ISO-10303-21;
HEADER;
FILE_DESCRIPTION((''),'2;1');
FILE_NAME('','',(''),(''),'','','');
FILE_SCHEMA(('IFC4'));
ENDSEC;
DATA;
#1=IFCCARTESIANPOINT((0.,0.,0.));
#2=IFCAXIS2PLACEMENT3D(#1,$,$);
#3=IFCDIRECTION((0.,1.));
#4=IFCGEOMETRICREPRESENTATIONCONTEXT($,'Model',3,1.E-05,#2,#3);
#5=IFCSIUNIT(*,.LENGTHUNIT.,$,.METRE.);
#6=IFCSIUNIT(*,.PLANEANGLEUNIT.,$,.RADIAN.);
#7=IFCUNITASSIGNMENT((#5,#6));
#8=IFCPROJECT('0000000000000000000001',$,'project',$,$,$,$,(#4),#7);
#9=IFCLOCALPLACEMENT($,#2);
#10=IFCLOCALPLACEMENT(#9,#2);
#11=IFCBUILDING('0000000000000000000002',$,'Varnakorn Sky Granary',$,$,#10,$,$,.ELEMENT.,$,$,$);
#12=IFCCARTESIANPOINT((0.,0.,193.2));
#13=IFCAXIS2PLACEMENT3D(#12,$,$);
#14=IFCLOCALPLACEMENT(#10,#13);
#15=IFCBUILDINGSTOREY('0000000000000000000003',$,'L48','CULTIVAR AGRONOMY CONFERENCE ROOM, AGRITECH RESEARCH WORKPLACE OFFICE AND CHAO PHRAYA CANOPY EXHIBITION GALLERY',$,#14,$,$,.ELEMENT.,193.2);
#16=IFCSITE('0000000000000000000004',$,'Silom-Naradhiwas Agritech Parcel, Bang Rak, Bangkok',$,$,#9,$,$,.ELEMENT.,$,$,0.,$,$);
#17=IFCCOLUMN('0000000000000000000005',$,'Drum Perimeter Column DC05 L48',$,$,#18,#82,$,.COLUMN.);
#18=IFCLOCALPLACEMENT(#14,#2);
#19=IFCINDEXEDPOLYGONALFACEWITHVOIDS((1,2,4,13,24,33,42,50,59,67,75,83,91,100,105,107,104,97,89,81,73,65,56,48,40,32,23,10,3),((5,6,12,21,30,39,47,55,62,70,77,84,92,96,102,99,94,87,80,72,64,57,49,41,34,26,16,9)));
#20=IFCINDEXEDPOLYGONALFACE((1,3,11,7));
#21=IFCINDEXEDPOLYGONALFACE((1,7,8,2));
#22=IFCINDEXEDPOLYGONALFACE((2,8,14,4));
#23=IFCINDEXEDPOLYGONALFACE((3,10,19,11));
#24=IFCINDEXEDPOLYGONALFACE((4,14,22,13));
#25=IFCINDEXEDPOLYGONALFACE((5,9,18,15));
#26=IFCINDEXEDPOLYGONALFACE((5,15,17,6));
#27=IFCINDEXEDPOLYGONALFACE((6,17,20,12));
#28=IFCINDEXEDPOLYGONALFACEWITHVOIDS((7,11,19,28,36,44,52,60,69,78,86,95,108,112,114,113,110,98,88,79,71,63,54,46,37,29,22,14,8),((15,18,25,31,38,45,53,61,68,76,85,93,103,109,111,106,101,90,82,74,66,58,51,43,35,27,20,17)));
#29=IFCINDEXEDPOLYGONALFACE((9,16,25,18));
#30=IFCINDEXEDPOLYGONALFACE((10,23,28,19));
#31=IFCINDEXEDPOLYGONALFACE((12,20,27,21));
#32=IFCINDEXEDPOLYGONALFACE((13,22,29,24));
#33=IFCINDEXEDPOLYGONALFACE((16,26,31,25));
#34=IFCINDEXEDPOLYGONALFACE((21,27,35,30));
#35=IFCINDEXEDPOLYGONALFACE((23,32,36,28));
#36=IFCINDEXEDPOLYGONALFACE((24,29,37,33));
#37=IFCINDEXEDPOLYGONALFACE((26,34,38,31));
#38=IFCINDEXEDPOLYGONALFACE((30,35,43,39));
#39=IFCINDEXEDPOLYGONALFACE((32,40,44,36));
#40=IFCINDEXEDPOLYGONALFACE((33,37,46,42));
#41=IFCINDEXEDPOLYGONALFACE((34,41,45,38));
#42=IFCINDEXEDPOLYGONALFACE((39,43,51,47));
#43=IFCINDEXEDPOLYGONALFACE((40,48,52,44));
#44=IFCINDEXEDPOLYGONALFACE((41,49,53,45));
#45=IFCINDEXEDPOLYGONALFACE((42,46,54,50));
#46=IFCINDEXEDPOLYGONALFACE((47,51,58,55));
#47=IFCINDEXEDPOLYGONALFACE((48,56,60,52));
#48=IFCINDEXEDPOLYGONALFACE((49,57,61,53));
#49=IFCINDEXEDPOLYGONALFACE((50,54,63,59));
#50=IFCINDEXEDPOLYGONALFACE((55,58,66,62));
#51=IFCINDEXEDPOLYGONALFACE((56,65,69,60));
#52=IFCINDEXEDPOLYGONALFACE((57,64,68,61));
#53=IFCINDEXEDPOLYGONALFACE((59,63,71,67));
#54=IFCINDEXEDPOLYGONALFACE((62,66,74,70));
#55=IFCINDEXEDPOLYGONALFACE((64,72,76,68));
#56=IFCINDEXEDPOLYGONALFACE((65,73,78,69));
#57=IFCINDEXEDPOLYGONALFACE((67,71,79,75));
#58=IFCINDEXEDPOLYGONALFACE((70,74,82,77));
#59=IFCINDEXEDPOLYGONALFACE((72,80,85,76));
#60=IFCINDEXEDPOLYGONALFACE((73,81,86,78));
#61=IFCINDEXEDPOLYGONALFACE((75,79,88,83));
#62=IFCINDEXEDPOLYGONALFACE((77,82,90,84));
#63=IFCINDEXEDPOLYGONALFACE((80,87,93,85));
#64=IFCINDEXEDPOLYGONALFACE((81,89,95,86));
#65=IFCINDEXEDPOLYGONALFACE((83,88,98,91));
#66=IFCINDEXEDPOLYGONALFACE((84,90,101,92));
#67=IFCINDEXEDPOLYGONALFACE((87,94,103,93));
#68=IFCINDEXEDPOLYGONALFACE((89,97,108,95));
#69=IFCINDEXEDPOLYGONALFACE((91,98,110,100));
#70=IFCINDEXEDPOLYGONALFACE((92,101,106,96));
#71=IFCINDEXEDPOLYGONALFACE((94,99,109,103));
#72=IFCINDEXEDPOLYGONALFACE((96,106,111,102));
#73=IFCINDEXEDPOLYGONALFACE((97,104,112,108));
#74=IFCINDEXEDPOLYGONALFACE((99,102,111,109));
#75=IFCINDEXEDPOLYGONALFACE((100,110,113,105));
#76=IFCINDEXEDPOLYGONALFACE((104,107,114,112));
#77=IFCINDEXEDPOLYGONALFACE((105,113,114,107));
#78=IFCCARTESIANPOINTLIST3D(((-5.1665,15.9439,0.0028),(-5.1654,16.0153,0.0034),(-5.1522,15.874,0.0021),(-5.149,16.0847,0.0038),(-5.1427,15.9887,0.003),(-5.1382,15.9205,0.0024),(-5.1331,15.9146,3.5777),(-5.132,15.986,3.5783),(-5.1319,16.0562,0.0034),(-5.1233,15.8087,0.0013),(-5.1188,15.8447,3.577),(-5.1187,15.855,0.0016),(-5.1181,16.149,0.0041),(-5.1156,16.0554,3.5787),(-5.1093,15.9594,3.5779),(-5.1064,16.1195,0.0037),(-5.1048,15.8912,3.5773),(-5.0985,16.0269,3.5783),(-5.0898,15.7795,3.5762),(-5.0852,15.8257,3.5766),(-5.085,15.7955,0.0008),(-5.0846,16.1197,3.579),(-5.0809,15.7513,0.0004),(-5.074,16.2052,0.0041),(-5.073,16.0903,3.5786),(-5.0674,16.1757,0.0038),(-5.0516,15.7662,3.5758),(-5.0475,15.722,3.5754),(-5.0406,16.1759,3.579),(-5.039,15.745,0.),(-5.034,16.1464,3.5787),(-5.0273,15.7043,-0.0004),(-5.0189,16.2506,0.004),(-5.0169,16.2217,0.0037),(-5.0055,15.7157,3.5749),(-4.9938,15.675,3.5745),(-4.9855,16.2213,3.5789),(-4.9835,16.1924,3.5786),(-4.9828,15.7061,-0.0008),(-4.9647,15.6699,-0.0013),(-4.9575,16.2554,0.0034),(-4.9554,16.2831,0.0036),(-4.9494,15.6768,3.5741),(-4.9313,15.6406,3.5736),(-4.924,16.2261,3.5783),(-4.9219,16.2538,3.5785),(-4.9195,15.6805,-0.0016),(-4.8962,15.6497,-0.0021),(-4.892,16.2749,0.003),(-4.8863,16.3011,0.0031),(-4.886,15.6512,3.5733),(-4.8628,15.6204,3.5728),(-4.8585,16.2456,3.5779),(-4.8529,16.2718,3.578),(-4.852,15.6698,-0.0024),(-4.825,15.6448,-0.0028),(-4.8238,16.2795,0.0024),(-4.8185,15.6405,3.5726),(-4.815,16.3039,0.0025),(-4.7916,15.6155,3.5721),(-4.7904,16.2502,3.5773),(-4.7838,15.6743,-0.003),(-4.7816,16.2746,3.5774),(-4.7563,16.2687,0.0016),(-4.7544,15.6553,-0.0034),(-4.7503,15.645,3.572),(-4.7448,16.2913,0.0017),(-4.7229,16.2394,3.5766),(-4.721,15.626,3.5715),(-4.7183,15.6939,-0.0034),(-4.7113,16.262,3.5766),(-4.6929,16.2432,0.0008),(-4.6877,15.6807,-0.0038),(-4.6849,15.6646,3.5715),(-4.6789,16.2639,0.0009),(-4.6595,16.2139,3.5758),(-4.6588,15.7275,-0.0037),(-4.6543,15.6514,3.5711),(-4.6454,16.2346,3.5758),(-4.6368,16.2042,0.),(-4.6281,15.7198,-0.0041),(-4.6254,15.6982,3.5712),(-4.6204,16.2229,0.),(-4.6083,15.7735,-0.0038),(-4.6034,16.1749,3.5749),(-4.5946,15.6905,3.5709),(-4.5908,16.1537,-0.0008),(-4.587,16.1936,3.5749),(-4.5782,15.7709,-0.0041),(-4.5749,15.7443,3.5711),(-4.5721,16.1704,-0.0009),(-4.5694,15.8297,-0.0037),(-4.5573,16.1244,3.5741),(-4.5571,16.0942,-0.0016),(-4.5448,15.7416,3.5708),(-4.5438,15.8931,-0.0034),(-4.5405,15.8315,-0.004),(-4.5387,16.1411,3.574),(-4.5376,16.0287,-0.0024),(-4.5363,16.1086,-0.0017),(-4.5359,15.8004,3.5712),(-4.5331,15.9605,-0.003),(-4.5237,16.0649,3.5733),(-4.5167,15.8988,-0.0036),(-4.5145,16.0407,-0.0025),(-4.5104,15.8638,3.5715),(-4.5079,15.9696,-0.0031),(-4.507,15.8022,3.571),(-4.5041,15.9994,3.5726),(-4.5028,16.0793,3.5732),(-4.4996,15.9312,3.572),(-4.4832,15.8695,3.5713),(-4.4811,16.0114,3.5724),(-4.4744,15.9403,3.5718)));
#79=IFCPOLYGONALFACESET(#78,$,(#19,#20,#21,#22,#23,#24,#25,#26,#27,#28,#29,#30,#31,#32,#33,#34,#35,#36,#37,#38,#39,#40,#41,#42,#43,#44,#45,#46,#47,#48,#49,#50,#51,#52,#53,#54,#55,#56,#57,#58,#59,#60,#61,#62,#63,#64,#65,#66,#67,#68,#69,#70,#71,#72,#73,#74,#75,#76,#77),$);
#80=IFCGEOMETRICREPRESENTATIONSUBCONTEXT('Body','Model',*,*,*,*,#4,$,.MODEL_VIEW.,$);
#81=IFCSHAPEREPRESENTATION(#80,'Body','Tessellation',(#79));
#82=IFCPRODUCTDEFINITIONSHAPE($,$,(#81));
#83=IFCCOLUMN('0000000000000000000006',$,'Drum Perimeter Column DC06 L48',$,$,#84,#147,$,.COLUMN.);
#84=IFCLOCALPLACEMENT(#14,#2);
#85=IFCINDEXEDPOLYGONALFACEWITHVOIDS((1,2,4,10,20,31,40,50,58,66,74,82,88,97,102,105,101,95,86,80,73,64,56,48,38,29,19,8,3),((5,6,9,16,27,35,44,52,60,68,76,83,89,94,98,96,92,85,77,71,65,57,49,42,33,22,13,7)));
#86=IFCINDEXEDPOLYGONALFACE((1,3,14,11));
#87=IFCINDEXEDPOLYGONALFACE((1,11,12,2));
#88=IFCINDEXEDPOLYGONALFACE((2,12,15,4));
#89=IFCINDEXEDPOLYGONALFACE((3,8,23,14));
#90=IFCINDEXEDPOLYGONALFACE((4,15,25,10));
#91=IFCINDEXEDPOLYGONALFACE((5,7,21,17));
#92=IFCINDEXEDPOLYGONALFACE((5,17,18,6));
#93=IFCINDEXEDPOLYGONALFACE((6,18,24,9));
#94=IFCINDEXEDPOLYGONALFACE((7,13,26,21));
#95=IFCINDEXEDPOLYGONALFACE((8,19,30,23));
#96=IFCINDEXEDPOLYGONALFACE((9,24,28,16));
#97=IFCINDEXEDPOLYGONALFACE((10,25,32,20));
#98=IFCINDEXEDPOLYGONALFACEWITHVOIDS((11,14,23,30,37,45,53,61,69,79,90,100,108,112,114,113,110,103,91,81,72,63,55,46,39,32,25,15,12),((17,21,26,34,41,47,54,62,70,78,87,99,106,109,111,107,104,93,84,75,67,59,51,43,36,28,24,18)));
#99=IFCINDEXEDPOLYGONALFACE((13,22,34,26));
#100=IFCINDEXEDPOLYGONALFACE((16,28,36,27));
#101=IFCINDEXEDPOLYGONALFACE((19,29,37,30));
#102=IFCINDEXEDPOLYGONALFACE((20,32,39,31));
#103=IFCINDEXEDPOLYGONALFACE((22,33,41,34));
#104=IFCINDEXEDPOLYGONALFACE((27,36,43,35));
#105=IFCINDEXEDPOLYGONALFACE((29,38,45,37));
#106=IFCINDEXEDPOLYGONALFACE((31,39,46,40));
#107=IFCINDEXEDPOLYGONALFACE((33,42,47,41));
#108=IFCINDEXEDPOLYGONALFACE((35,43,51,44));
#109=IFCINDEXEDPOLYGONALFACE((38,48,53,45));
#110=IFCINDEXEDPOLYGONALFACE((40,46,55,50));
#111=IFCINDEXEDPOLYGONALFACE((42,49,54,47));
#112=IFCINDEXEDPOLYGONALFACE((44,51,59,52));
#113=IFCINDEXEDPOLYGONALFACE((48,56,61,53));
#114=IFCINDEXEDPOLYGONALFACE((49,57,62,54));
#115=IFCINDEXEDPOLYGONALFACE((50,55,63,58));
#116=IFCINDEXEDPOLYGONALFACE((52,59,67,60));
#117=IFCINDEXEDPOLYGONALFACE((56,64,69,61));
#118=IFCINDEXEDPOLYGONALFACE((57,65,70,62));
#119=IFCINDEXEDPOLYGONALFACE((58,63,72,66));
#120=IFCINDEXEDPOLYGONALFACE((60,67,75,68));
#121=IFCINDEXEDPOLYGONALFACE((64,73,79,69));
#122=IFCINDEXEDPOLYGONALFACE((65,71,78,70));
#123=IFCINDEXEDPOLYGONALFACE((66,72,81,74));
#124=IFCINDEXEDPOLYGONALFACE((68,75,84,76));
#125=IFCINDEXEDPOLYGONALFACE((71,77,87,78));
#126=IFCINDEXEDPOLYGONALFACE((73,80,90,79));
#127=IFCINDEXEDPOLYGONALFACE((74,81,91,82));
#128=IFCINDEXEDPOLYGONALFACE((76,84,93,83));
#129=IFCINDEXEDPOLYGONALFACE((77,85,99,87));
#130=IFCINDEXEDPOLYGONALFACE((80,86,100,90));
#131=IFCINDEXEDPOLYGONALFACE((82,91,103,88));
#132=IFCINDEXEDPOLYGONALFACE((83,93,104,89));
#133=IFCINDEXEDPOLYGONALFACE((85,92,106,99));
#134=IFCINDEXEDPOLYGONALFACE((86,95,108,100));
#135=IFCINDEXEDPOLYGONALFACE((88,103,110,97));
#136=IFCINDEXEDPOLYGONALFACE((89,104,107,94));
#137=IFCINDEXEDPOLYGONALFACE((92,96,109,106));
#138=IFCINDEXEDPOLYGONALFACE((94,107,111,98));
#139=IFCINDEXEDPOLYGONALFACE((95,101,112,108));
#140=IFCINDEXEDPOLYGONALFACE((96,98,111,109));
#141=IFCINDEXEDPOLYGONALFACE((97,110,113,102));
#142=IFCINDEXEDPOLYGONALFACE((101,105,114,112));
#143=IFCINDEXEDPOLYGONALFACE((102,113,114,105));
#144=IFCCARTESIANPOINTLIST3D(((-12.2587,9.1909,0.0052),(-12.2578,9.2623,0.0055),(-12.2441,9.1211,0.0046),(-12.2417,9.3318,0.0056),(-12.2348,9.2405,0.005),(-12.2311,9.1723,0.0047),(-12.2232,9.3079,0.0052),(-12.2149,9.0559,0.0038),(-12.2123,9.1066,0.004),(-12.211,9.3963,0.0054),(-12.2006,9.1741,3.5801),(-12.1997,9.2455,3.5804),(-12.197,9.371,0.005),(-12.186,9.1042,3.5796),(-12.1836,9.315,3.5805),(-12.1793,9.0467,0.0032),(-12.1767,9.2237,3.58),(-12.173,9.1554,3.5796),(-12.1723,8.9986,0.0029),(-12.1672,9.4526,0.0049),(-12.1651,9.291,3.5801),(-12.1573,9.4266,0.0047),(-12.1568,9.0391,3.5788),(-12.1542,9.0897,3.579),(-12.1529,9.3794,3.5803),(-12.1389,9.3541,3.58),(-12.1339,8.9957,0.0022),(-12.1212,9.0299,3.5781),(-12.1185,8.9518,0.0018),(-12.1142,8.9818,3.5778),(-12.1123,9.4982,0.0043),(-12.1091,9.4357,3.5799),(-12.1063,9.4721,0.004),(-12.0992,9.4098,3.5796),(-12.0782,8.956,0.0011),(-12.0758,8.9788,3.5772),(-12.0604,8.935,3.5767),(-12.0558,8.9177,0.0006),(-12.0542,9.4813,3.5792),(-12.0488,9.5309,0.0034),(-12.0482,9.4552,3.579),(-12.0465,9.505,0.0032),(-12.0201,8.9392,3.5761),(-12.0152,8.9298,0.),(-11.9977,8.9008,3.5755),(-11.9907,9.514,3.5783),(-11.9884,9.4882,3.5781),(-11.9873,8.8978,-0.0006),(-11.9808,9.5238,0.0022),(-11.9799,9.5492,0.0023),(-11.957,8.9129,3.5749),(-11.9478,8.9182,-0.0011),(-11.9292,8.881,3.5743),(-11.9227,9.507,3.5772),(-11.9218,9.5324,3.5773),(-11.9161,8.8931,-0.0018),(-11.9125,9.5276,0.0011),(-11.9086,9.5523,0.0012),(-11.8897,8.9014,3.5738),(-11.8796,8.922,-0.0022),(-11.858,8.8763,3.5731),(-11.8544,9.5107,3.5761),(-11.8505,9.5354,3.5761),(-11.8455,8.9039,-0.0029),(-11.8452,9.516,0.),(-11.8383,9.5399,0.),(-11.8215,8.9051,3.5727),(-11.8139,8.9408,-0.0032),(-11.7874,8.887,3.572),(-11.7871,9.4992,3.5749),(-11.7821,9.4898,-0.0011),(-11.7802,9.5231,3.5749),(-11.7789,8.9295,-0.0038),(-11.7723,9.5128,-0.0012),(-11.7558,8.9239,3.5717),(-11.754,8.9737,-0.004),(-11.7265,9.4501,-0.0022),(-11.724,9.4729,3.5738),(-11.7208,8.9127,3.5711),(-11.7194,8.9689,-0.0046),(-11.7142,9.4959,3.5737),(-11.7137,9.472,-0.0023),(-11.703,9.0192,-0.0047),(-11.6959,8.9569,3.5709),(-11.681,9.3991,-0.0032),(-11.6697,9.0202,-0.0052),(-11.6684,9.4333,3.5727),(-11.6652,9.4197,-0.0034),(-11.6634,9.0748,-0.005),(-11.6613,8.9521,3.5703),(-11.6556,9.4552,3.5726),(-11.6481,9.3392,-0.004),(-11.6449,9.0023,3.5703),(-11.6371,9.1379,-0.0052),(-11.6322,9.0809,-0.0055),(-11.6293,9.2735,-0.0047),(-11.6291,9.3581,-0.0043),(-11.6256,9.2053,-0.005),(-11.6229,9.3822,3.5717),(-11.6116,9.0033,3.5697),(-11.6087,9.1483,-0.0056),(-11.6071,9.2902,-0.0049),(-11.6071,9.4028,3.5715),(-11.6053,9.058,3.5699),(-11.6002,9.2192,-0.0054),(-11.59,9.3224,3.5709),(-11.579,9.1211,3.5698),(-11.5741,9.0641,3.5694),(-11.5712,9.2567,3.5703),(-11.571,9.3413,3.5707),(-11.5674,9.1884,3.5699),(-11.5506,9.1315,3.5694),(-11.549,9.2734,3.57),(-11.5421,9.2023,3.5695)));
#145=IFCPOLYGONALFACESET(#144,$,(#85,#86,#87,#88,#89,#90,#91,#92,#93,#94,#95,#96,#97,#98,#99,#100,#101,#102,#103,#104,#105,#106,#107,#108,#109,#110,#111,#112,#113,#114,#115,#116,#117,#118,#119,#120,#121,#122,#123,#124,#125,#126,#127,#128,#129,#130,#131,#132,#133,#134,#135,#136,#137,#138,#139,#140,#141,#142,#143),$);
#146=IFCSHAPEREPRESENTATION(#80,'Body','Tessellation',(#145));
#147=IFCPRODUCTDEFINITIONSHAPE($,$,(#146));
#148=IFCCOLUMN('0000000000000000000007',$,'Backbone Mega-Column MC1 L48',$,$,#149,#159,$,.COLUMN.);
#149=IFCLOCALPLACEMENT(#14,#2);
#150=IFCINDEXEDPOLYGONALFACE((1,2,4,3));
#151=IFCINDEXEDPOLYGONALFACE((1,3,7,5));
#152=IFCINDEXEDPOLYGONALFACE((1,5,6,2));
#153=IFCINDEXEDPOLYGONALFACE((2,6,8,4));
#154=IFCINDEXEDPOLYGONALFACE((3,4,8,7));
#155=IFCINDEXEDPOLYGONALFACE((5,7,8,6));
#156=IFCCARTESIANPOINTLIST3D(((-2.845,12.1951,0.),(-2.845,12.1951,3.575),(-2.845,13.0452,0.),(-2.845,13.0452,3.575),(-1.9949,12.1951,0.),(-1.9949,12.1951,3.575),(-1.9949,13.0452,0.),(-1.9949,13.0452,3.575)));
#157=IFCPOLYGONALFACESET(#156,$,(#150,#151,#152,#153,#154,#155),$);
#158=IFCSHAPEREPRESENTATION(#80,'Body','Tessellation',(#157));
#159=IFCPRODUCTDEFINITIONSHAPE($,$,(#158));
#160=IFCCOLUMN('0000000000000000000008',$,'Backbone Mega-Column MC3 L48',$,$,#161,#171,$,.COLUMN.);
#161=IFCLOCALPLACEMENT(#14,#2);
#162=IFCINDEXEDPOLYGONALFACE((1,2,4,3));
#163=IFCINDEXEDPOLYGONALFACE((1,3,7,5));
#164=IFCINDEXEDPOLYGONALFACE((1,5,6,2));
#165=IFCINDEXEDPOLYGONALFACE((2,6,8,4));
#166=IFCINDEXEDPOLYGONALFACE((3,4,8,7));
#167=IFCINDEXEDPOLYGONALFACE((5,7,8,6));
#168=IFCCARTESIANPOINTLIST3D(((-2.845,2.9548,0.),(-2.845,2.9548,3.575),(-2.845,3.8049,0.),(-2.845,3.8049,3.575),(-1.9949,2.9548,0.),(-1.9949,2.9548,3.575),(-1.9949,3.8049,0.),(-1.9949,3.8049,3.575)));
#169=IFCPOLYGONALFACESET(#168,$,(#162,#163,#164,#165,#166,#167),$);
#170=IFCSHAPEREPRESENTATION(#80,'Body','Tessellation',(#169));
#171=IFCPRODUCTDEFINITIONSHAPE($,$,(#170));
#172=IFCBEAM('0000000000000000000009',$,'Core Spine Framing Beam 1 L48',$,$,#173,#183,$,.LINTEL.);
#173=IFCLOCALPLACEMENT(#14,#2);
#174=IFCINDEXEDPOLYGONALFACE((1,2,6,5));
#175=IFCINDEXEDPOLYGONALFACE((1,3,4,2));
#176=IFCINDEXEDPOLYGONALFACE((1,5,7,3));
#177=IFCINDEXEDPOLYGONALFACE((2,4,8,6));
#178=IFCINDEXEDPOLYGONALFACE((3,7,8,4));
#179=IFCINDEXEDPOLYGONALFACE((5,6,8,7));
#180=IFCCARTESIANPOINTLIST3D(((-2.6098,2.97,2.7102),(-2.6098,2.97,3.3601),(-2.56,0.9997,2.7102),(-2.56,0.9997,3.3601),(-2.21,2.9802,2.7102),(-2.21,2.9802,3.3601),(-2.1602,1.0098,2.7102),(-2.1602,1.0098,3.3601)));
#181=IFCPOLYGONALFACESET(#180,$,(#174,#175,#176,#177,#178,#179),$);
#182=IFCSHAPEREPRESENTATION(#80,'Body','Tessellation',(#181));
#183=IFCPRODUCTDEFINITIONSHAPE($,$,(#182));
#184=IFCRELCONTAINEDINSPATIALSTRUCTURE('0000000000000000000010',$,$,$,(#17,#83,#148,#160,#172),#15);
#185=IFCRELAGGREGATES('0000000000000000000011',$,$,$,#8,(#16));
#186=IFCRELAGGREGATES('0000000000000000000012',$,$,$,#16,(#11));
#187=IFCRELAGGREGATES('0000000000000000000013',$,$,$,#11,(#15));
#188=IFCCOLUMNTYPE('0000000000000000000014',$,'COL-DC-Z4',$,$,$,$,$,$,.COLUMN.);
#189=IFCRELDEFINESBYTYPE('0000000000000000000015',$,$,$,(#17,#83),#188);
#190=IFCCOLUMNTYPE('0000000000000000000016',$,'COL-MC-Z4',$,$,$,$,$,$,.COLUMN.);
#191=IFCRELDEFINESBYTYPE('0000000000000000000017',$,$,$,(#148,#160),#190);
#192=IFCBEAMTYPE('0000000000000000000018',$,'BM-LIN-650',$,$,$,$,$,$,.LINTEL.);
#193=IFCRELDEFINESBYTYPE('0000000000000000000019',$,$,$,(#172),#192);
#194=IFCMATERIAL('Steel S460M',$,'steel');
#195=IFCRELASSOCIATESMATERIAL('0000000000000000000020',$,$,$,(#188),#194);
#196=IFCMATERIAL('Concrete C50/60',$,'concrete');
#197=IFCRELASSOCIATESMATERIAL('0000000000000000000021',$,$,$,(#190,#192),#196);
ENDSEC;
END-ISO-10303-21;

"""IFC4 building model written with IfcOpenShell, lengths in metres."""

from ifc_helpers import new_model, si_unit, direction, frame, origin, origin_2d, place, context, subcontext, project, spatial, rectangle, hollow_circle, extrude, material, material_profile, profile_set, type_object, element, save


model = new_model("IFC4")

# Units and contexts
model_context = context("Model", 3, precision=1e-05, world=origin(), true_north=direction((0.0, 1.0)))
body_context = subcontext(model_context, "Body", "Model", "MODEL_VIEW")
ifc_project = project(units=[si_unit("LENGTHUNIT", "METRE"), si_unit("PLANEANGLEUNIT", "RADIAN")], contexts=[model_context])

# Site, building, storey
site_placement = place(None, origin())
site = spatial("IfcSite", under=ifc_project, at=site_placement, Name="Silom-Naradhiwas Agritech Parcel, Bang Rak, Bangkok", CompositionType="ELEMENT", RefElevation=0.0)
building_placement = place(site_placement, origin())
building = spatial("IfcBuilding", under=site, at=building_placement, Name="Varnakorn Sky Granary", CompositionType="ELEMENT")
storey_placement = place(building_placement, frame((0.0, 0.0, 193.2)))
storey = spatial("IfcBuildingStorey", under=building, at=storey_placement, Name="L48", Description="CULTIVAR AGRONOMY CONFERENCE ROOM, AGRITECH RESEARCH WORKPLACE OFFICE AND CHAO PHRAYA CANOPY EXHIBITION GALLERY", CompositionType="ELEMENT", Elevation=193.2)

# Columns
ifc_material_1 = material(Name="Steel S460M", Category="steel")
ifc_material_profile_1 = material_profile(ifc_material_1, hollow_circle(Radius=0.3301, WallThickness=0.0249, at=origin_2d()), Name="CHS 660x25")
ifc_profile_set_1 = profile_set([ifc_material_profile_1], Name="Steel S460M")
column_type_1 = type_object("IfcColumnType", Name="COL-DC-Z4", PredefinedType="COLUMN", material=ifc_profile_set_1)
column_1_placement = place(storey_placement, frame((-4.8379, 15.9746, 0.0), z_axis=(0.009355, -0.008194, 0.999923), x_axis=(0.658893, 0.752236, 0.0)))
element("IfcColumn", 1, at=column_1_placement, inside=storey, type_object=column_type_1, Name="Drum Perimeter Column DC05 L48", PredefinedType="COLUMN", context=body_context, shape_type="SweptSolid", body=[
    extrude(hollow_circle(Radius=0.3301, WallThickness=0.0249, at=origin_2d()), origin(), (0.0, 0.0, 1.0), 3.5752),
])
column_2_placement = place(storey_placement, frame((-11.9302, 9.2229, 0.0), z_axis=(0.016251, -0.004711, 0.999857), x_axis=(0.27845, 0.960451, 0.0)))
element("IfcColumn", 2, at=column_2_placement, inside=storey, type_object=column_type_1, Name="Drum Perimeter Column DC06 L48", PredefinedType="COLUMN", context=body_context, shape_type="SweptSolid", body=[
    extrude(hollow_circle(Radius=0.3301, WallThickness=0.0249, at=origin_2d()), origin(), (0.0, 0.0, 1.0), 3.5754),
])
ifc_material_2 = material(Name="Concrete C50/60", Category="concrete")
ifc_material_profile_2 = material_profile(ifc_material_2, rectangle(XDim=0.8501, YDim=0.8501, at=origin_2d()), Name="RC 850x850")
ifc_profile_set_2 = profile_set([ifc_material_profile_2], Name="Concrete C50/60")
column_type_2 = type_object("IfcColumnType", Name="COL-MC-Z4", PredefinedType="COLUMN", material=ifc_profile_set_2)
for number, where, z_axis, x_axis, name in (
    (3, (-2.4199, 12.6201, 0.0), (0.0, 0.0, 1.0), (1.0, 0.0, 0.0), "Backbone Mega-Column MC1 L48"),
    (4, (-2.4199, 3.3799, 0.0), (0.0, 0.0, 1.0), (1.0, 0.0, 0.0), "Backbone Mega-Column MC3 L48"),
):
    element("IfcColumn", number, at=place(storey_placement, frame(where, z_axis=z_axis, x_axis=x_axis)), inside=storey, type_object=column_type_2, Name=name, PredefinedType="COLUMN", context=body_context, shape_type="SweptSolid", body=[
        extrude(rectangle(XDim=0.8501, YDim=0.8501, at=origin_2d()), origin(), (0.0, 0.0, 1.0), 3.575),
    ])

# Beam
ifc_material_profile_3 = material_profile(ifc_material_2, rectangle(XDim=0.3999, YDim=0.6499, at=origin_2d()), Name="RC 400x650")
ifc_profile_set_3 = profile_set([ifc_material_profile_3], Name="Concrete C50/60")
beam_type_1 = type_object("IfcBeamType", Name="BM-LIN-650", PredefinedType="LINTEL", material=ifc_profile_set_3)
beam_1_placement = place(storey_placement, frame((-2.4099, 2.9751, 3.0352), z_axis=(0.025271, -0.999681, 0.0), x_axis=(0.999681, 0.025271, 0.0)))
element("IfcBeam", 5, at=beam_1_placement, inside=storey, type_object=beam_type_1, Name="Core Spine Framing Beam 1 L48", PredefinedType="LINTEL", context=body_context, shape_type="SweptSolid", body=[
    extrude(rectangle(XDim=0.3999, YDim=0.6499, at=origin_2d()), origin(), (0.0, 0.0, 1.0), 1.9709),
])

save(model, "model.ifc")
